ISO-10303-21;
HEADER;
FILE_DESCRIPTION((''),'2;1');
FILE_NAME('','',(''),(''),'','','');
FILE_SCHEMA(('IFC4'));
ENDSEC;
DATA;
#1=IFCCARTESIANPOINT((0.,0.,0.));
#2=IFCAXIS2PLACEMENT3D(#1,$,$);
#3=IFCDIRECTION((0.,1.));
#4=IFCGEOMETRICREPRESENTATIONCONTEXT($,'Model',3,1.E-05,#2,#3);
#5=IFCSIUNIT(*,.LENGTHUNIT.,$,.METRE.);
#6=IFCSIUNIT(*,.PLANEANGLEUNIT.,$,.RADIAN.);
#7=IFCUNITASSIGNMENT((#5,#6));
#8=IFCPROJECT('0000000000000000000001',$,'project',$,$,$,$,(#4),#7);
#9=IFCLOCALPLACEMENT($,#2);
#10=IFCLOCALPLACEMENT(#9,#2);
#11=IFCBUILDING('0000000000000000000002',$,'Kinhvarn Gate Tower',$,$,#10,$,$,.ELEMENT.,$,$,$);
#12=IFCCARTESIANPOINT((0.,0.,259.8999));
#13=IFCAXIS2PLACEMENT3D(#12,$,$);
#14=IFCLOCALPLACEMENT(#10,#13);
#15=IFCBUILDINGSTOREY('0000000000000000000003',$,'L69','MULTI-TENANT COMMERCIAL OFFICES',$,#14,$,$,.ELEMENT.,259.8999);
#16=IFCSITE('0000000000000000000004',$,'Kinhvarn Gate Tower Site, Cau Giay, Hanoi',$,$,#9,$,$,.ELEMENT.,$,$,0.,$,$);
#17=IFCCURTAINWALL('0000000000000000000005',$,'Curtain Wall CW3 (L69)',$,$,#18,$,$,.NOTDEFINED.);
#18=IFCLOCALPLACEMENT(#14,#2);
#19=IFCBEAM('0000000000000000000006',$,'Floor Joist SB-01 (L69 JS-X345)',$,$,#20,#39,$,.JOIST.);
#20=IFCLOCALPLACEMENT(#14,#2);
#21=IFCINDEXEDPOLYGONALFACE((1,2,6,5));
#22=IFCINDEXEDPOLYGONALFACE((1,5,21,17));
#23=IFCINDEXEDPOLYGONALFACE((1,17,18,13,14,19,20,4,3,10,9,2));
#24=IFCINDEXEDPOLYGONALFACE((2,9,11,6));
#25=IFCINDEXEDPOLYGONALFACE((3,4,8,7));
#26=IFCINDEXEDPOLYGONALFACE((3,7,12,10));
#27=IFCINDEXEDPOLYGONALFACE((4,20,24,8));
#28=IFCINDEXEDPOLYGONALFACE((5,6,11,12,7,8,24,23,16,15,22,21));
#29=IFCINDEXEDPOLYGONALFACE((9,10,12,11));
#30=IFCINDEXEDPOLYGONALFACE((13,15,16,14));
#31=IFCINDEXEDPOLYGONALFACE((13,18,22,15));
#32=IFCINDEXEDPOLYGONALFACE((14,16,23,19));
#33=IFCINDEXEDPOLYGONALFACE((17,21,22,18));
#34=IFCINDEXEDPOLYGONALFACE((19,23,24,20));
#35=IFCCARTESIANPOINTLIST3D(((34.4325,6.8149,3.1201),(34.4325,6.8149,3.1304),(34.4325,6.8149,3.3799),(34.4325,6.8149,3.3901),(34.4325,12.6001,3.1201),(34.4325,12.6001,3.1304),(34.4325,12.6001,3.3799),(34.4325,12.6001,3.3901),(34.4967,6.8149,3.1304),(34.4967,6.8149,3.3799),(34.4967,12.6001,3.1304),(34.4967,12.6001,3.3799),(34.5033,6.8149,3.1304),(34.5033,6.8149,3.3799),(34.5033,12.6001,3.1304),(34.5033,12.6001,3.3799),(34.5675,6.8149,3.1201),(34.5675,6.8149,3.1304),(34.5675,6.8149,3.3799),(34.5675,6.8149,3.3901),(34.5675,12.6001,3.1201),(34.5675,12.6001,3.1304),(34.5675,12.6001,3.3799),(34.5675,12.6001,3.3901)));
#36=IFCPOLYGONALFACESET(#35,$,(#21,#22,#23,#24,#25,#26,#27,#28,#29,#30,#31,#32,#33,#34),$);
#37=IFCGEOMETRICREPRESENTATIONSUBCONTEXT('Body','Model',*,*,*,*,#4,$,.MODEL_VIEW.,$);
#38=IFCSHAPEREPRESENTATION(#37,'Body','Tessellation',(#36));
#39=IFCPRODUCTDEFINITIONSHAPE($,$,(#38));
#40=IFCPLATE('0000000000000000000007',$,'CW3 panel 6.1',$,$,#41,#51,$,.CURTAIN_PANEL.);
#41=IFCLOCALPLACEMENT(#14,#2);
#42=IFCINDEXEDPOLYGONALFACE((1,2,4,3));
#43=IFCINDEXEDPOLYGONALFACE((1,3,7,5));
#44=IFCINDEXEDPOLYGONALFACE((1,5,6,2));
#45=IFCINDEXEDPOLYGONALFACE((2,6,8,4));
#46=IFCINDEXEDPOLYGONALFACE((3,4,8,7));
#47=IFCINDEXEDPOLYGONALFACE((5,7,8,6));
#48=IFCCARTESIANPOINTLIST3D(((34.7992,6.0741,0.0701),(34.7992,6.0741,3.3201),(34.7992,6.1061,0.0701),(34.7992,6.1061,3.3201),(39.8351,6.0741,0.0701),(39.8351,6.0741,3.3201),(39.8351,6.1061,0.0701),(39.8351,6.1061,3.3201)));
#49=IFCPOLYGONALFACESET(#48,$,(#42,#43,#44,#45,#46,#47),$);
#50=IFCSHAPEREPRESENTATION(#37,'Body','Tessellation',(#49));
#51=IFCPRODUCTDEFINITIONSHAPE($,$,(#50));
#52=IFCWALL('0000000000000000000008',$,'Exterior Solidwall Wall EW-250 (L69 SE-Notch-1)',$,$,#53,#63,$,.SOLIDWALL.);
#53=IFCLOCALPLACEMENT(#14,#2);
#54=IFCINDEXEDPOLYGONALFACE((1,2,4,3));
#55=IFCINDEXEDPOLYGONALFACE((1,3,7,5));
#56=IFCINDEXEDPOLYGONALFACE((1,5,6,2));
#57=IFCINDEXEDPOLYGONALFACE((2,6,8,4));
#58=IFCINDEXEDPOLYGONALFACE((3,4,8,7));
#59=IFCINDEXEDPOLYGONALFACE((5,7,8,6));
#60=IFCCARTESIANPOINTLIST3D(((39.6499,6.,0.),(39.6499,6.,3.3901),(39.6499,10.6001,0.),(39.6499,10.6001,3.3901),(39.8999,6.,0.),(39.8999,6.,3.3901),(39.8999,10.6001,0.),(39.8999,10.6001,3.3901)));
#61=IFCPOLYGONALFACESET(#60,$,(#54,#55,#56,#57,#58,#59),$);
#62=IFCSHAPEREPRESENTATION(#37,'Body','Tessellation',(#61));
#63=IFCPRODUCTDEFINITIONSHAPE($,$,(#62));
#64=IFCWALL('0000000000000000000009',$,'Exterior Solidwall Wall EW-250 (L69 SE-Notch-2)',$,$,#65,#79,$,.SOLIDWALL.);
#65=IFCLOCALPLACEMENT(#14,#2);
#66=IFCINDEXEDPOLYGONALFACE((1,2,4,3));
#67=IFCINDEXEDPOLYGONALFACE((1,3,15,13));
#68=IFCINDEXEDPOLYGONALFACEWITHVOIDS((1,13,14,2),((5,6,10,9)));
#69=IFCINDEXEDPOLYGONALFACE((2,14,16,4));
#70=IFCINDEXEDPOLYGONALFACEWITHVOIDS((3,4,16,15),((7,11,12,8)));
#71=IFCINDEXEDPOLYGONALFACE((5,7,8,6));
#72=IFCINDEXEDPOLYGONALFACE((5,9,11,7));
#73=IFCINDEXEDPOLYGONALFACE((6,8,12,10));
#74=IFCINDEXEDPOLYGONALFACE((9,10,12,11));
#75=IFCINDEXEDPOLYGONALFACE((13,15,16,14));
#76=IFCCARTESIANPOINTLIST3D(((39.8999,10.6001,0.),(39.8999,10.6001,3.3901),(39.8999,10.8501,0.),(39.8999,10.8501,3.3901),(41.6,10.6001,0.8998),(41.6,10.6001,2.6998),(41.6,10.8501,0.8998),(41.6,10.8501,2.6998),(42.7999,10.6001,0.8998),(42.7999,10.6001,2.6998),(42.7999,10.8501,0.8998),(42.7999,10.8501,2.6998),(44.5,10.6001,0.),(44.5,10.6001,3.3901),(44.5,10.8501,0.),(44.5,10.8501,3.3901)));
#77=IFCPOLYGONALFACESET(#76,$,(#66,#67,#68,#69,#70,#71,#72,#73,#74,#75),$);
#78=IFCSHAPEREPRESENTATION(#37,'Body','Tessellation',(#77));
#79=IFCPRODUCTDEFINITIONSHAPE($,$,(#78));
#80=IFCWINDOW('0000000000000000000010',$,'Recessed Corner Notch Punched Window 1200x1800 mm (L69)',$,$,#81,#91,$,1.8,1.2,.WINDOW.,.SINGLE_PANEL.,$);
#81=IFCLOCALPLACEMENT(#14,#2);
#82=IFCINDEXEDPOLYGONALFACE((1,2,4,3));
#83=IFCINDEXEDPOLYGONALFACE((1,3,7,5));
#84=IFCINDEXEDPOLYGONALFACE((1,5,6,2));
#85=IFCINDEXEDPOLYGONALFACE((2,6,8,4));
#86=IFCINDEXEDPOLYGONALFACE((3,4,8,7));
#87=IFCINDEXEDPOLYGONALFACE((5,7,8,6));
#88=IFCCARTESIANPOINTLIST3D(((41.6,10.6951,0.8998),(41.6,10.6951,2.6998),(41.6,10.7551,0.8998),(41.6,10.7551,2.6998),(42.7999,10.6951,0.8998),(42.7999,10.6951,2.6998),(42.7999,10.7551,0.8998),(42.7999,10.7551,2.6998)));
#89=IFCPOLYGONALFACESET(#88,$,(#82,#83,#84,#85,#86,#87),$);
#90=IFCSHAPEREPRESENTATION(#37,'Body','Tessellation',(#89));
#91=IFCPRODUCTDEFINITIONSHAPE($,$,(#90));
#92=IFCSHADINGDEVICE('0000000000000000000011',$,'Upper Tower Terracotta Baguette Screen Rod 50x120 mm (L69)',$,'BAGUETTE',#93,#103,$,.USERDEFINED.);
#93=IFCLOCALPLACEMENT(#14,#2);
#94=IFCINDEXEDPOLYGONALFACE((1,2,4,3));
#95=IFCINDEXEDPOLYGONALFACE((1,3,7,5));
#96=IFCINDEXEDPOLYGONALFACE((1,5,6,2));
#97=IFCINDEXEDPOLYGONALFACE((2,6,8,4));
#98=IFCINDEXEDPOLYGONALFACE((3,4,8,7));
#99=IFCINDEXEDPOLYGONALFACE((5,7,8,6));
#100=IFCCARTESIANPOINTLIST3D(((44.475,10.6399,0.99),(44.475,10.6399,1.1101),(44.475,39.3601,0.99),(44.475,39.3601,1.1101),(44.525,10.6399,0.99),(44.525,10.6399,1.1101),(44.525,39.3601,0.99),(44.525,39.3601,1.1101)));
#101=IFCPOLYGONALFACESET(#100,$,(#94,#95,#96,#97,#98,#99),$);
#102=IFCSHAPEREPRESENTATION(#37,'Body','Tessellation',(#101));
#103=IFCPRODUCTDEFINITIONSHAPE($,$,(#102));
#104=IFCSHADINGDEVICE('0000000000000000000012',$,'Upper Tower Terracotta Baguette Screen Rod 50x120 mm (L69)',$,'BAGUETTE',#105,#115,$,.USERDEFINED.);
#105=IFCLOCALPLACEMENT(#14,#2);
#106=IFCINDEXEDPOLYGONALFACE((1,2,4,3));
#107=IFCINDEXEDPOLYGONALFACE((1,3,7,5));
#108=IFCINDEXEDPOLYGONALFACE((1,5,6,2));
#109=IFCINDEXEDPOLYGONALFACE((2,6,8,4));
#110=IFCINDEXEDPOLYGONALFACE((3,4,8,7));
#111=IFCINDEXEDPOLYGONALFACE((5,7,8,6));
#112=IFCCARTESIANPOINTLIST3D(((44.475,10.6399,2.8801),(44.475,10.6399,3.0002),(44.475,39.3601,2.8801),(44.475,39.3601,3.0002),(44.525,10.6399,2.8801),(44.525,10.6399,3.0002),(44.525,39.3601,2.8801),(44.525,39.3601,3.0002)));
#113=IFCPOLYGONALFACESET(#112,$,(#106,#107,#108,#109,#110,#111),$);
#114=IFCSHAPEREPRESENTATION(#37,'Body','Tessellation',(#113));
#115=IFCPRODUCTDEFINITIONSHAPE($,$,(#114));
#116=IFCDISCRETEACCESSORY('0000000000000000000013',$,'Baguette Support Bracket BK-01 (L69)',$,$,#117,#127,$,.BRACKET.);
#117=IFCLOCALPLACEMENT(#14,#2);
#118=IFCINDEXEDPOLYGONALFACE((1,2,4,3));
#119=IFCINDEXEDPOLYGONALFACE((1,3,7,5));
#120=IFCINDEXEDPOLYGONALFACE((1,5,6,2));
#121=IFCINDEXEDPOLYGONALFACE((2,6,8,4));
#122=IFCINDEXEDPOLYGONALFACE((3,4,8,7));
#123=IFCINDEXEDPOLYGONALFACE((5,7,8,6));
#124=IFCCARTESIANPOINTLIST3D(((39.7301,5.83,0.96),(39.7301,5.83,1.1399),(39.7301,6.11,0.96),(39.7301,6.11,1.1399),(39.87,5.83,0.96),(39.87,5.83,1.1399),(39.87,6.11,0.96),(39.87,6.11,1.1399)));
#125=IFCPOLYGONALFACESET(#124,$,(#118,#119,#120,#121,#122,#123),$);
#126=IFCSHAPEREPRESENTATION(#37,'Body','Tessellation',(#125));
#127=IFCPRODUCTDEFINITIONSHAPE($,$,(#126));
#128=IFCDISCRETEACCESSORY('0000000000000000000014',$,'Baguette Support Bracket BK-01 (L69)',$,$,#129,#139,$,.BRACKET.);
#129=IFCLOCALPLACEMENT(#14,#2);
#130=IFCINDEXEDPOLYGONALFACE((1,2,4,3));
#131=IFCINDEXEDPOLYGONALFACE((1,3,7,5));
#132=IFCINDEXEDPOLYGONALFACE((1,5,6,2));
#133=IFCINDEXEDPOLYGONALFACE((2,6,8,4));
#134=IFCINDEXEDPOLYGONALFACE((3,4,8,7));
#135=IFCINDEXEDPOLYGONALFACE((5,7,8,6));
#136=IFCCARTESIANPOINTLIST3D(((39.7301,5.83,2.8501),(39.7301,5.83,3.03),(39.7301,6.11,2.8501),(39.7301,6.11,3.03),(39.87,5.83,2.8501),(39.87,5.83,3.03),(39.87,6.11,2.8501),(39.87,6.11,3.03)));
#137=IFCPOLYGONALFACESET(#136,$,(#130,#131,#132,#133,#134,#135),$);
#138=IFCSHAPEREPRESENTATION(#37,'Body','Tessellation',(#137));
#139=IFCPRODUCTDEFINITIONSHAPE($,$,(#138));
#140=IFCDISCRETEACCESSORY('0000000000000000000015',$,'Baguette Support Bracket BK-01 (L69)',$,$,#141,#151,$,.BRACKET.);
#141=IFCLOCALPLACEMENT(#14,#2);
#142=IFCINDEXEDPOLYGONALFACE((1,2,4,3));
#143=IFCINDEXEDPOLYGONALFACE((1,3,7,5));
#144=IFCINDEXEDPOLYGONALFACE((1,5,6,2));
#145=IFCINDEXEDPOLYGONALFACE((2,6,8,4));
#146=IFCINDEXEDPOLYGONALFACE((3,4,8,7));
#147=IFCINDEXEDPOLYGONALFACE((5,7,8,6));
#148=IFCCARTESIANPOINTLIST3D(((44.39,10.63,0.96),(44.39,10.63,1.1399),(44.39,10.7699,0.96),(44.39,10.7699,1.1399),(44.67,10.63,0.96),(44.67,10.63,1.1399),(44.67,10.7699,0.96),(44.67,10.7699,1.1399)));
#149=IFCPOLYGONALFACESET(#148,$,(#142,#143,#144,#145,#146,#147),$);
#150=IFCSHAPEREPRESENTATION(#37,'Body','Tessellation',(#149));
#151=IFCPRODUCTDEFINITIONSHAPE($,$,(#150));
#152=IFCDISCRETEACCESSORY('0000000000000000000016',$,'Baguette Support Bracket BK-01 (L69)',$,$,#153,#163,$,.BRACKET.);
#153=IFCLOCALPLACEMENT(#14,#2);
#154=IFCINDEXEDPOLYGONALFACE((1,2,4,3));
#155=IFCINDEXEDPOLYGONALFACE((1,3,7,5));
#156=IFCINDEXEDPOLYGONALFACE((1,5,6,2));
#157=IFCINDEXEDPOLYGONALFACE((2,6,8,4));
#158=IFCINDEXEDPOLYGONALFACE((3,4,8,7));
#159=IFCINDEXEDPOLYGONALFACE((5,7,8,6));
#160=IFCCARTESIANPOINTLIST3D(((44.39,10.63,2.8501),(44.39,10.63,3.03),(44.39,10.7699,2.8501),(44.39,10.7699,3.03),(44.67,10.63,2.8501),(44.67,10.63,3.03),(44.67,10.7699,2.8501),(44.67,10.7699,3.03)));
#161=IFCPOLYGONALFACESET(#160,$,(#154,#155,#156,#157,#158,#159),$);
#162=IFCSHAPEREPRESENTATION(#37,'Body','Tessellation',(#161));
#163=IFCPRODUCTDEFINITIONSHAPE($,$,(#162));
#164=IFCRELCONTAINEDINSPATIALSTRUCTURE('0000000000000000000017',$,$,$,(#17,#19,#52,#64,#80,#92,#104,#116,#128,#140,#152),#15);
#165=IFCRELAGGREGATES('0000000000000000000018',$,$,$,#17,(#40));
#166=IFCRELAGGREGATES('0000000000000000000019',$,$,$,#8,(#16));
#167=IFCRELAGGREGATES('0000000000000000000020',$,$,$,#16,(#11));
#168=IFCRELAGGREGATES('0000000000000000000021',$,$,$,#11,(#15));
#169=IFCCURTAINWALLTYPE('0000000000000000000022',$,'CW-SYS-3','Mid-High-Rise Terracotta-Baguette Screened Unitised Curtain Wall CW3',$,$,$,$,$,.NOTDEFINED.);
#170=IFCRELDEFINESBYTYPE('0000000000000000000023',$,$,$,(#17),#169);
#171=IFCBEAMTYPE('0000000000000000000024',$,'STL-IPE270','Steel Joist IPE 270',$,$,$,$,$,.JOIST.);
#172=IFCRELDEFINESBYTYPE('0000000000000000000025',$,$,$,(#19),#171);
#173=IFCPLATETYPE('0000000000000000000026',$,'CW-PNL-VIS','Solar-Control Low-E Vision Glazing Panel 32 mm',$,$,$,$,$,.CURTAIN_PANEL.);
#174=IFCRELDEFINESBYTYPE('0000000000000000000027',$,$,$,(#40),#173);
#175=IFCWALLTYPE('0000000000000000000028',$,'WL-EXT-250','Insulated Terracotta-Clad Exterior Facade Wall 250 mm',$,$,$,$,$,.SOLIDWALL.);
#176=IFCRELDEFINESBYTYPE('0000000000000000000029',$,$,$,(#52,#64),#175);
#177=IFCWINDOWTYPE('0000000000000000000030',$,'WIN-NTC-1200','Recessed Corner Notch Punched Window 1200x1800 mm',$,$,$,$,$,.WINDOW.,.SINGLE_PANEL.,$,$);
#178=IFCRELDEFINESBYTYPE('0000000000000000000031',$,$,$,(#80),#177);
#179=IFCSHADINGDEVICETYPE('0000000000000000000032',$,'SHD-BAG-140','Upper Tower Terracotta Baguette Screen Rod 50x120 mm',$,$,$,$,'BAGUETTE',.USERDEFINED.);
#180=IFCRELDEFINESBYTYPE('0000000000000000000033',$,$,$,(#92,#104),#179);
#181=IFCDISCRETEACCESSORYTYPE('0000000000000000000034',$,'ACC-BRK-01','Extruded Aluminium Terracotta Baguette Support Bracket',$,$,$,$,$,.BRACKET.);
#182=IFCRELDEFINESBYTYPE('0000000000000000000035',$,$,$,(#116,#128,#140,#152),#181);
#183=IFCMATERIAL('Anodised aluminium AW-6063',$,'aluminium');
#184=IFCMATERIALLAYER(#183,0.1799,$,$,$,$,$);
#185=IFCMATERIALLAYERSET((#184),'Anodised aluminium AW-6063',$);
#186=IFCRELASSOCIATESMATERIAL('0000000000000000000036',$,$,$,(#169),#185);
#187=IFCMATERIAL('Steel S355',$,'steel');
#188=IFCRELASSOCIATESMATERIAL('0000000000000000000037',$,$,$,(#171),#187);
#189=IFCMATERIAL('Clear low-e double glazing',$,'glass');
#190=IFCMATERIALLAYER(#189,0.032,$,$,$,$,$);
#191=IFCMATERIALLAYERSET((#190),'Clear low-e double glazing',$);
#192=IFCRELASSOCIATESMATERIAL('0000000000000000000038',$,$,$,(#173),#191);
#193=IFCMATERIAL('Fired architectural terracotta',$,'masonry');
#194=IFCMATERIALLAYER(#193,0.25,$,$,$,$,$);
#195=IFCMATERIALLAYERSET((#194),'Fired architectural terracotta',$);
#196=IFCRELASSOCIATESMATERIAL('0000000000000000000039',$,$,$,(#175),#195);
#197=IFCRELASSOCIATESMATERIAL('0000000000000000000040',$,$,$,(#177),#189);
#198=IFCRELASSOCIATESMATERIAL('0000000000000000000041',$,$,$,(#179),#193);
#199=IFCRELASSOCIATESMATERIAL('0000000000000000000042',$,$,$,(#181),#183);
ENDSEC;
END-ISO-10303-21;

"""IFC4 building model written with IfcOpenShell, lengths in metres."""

from ifc_helpers import new_model, si_unit, direction, frame, frame_2d, origin, origin_2d, place, context, subcontext, project, spatial, rectangle, i_section, extrude, material, layer, layer_set, material_profile, profile_set, type_object, element, fill, aggregate, save


model = new_model("IFC4")

# Units and contexts
model_context = context("Model", 3, precision=1e-05, world=origin(), true_north=direction((0.0, 1.0)))
body_context = subcontext(model_context, "Body", "Model", "MODEL_VIEW")
ifc_project = project(units=[si_unit("LENGTHUNIT", "METRE"), si_unit("PLANEANGLEUNIT", "RADIAN")], contexts=[model_context])

# Site, building, storey
site_placement = place(None, origin())
site = spatial("IfcSite", under=ifc_project, at=site_placement, Name="Kinhvarn Gate Tower Site, Cau Giay, Hanoi", CompositionType="ELEMENT", RefElevation=0.0)
building_placement = place(site_placement, origin())
building = spatial("IfcBuilding", under=site, at=building_placement, Name="Kinhvarn Gate Tower", CompositionType="ELEMENT")
storey_placement = place(building_placement, frame((0.0, 0.0, 259.8999)))
storey = spatial("IfcBuildingStorey", under=building, at=storey_placement, Name="L69", Description="MULTI-TENANT COMMERCIAL OFFICES", CompositionType="ELEMENT", Elevation=259.8999)

# Curtain wall
ifc_material_1 = material(Name="Anodised aluminium AW-6063", Category="aluminium")
ifc_layer_1 = layer(ifc_material_1, 0.1799)
ifc_layer_set_1 = layer_set([ifc_layer_1], Name="Anodised aluminium AW-6063")
curtain_wall_type = type_object("IfcCurtainWallType", Name="CW-SYS-3", Description="Mid-High-Rise Terracotta-Baguette Screened Unitised Curtain Wall CW3", PredefinedType="NOTDEFINED", material=ifc_layer_set_1)
curtain_wall_1_placement = place(storey_placement, origin())
curtain_wall_1 = element("IfcCurtainWall", 1, at=curtain_wall_1_placement, inside=storey, type_object=curtain_wall_type, Name="Curtain Wall CW3 (L69)", PredefinedType="NOTDEFINED")

# Beam
ifc_material_2 = material(Name="Steel S355", Category="steel")
ifc_material_profile_1 = material_profile(ifc_material_2, i_section(OverallWidth=0.135, OverallDepth=0.27, WebThickness=0.0066, FlangeThickness=0.0103, at=origin_2d()), Name="IPE 270")
ifc_profile_set_1 = profile_set([ifc_material_profile_1], Name="Steel S355")
beam_type_1 = type_object("IfcBeamType", Name="STL-IPE270", Description="Steel Joist IPE 270", PredefinedType="JOIST", material=ifc_profile_set_1)
beam_1_placement = place(storey_placement, frame((34.5, 6.8149, 3.2551), z_axis=(0.0, 1.0, 0.0), x_axis=(-1.0, 0.0, 0.0)))
element("IfcBeam", 2, at=beam_1_placement, inside=storey, type_object=beam_type_1, Name="Floor Joist SB-01 (L69 JS-X345)", PredefinedType="JOIST", context=body_context, shape_type="SweptSolid", body=[
    extrude(i_section(OverallWidth=0.135, OverallDepth=0.27, WebThickness=0.0066, FlangeThickness=0.0103, at=origin_2d()), origin(), (0.0, 0.0, 1.0), 5.7852),
])

# Plate
ifc_material_3 = material(Name="Clear low-e double glazing", Category="glass")
ifc_layer_2 = layer(ifc_material_3, 0.032)
ifc_layer_set_2 = layer_set([ifc_layer_2], Name="Clear low-e double glazing")
plate_type = type_object("IfcPlateType", Name="CW-PNL-VIS", Description="Solar-Control Low-E Vision Glazing Panel 32 mm", PredefinedType="CURTAIN_PANEL", material=ifc_layer_set_2)
plate_placement = place(storey_placement, frame((37.3171, 6.0901, 0.0701), z_axis=(0.0, 0.0, 1.0), x_axis=(1.0, 0.0, 0.0)))
plate = element("IfcPlate", 3, at=plate_placement, type_object=plate_type, Name="CW3 panel 6.1", PredefinedType="CURTAIN_PANEL", context=body_context, shape_type="SweptSolid", body=[
    extrude(rectangle(XDim=5.0359, YDim=0.032, at=origin_2d()), origin(), (0.0, 0.0, 1.0), 3.25),
])
aggregate(curtain_wall_1, [plate])

# Wall
ifc_material_4 = material(Name="Fired architectural terracotta", Category="masonry")
ifc_layer_3 = layer(ifc_material_4, 0.25)
ifc_layer_set_3 = layer_set([ifc_layer_3], Name="Fired architectural terracotta")
wall_type = type_object("IfcWallType", Name="WL-EXT-250", Description="Insulated Terracotta-Clad Exterior Facade Wall 250 mm", PredefinedType="SOLIDWALL", material=ifc_layer_set_3)
wall_1_placement = place(storey_placement, frame((39.7749, 6.0, 0.0), z_axis=(0.0, 0.0, 1.0), x_axis=(0.0, 1.0, 0.0)))
element("IfcWall", 4, at=wall_1_placement, inside=storey, type_object=wall_type, Name="Exterior Solidwall Wall EW-250 (L69 SE-Notch-1)", PredefinedType="SOLIDWALL", context=body_context, shape_type="SweptSolid", body=[
    extrude(rectangle(XDim=4.6001, YDim=0.25, at=frame_2d((2.3, 0.0))), origin(), (0.0, 0.0, 1.0), 3.3901),
])

# Wall, opening, window
wall_2_placement = place(storey_placement, frame((39.8999, 10.7251, 0.0), z_axis=(0.0, 0.0, 1.0), x_axis=(1.0, 0.0, 0.0)))
wall_2 = element("IfcWall", 5, at=wall_2_placement, inside=storey, type_object=wall_type, Name="Exterior Solidwall Wall EW-250 (L69 SE-Notch-2)", PredefinedType="SOLIDWALL", context=body_context, shape_type="SweptSolid", body=[
    extrude(rectangle(XDim=4.6001, YDim=0.25, at=frame_2d((2.3, 0.0))), origin(), (0.0, 0.0, 1.0), 3.3901),
])
opening_placement = place(wall_2_placement, frame((1.7, 0.0, 0.8999)))
opening = element("IfcOpeningElement", 6, at=opening_placement, cuts=wall_2, PredefinedType="OPENING", context=body_context, shape_type="SweptSolid", body=[
    extrude(rectangle(XDim=1.2, YDim=1.8, at=frame_2d((0.6001, 0.8999))), frame((0.0, 0.135, 0.0), z_axis=(0.0, -1.0, 0.0), x_axis=(1.0, 0.0, 0.0)), (0.0, 0.0, 1.0), 0.27),
])
window_type = type_object("IfcWindowType", Name="WIN-NTC-1200", Description="Recessed Corner Notch Punched Window 1200x1800 mm", PartitioningType="SINGLE_PANEL", PredefinedType="WINDOW", material=ifc_material_3)
window_placement = place(opening_placement, origin())
window = element("IfcWindow", 7, at=window_placement, inside=storey, type_object=window_type, Name="Recessed Corner Notch Punched Window 1200x1800 mm (L69)", OverallHeight=1.8, OverallWidth=1.2, PartitioningType="SINGLE_PANEL", PredefinedType="WINDOW", context=body_context, shape_type="SweptSolid", body=[
    extrude(rectangle(XDim=1.2, YDim=1.8, at=frame_2d((0.6001, 0.8999))), frame((0.0, 0.03, 0.0), z_axis=(0.0, -1.0, 0.0), x_axis=(1.0, 0.0, 0.0)), (0.0, 0.0, 1.0), 0.0601),
])
fill(opening, window)

# Shading devices
ifc_material_profile_2 = material_profile(ifc_material_4, rectangle(XDim=0.05, YDim=0.1201, at=origin_2d()), Name="TC 50x120")
ifc_profile_set_2 = profile_set([ifc_material_profile_2], Name="Fired architectural terracotta")
shading_device_type = type_object("IfcShadingDeviceType", Name="SHD-BAG-140", Description="Upper Tower Terracotta Baguette Screen Rod 50x120 mm", ElementType="BAGUETTE", PredefinedType="USERDEFINED", material=ifc_profile_set_2)
for number, where, z_axis, x_axis, name in (
    (8, (44.5, 10.6399, 1.05), (0.0, 1.0, 0.0), (-1.0, 0.0, 0.0), "Upper Tower Terracotta Baguette Screen Rod 50x120 mm (L69)"),
    (9, (44.5, 10.6399, 2.9402), (0.0, 1.0, 0.0), (-1.0, 0.0, 0.0), "Upper Tower Terracotta Baguette Screen Rod 50x120 mm (L69)"),
):
    element("IfcShadingDevice", number, at=place(storey_placement, frame(where, z_axis=z_axis, x_axis=x_axis)), inside=storey, type_object=shading_device_type, Name=name, ObjectType="BAGUETTE", PredefinedType="USERDEFINED", context=body_context, shape_type="SweptSolid", body=[
        extrude(rectangle(XDim=0.05, YDim=0.1201, at=origin_2d()), origin(), (0.0, 0.0, 1.0), 28.7202),
    ])

# Discrete accessories
discrete_accessory_type = type_object("IfcDiscreteAccessoryType", Name="ACC-BRK-01", Description="Extruded Aluminium Terracotta Baguette Support Bracket", PredefinedType="BRACKET", material=ifc_material_1)
for number, where, z_axis, x_axis, name in (
    (10, (39.8, 5.97, 0.96), (0.0, 0.0, 1.0), (1.0, 0.0, 0.0), "Baguette Support Bracket BK-01 (L69)"),
    (11, (39.8, 5.97, 2.8501), (0.0, 0.0, 1.0), (1.0, 0.0, 0.0), "Baguette Support Bracket BK-01 (L69)"),
    (12, (44.53, 10.7, 0.96), (0.0, 0.0, 1.0), (0.0, 1.0, 0.0), "Baguette Support Bracket BK-01 (L69)"),
    (13, (44.53, 10.7, 2.8501), (0.0, 0.0, 1.0), (0.0, 1.0, 0.0), "Baguette Support Bracket BK-01 (L69)"),
):
    element("IfcDiscreteAccessory", number, at=place(storey_placement, frame(where, z_axis=z_axis, x_axis=x_axis)), inside=storey, type_object=discrete_accessory_type, Name=name, PredefinedType="BRACKET", context=body_context, shape_type="SweptSolid", body=[
        extrude(rectangle(XDim=0.1399, YDim=0.28, at=origin_2d()), origin(), (0.0, 0.0, 1.0), 0.1799),
    ])

save(model, "model.ifc")
